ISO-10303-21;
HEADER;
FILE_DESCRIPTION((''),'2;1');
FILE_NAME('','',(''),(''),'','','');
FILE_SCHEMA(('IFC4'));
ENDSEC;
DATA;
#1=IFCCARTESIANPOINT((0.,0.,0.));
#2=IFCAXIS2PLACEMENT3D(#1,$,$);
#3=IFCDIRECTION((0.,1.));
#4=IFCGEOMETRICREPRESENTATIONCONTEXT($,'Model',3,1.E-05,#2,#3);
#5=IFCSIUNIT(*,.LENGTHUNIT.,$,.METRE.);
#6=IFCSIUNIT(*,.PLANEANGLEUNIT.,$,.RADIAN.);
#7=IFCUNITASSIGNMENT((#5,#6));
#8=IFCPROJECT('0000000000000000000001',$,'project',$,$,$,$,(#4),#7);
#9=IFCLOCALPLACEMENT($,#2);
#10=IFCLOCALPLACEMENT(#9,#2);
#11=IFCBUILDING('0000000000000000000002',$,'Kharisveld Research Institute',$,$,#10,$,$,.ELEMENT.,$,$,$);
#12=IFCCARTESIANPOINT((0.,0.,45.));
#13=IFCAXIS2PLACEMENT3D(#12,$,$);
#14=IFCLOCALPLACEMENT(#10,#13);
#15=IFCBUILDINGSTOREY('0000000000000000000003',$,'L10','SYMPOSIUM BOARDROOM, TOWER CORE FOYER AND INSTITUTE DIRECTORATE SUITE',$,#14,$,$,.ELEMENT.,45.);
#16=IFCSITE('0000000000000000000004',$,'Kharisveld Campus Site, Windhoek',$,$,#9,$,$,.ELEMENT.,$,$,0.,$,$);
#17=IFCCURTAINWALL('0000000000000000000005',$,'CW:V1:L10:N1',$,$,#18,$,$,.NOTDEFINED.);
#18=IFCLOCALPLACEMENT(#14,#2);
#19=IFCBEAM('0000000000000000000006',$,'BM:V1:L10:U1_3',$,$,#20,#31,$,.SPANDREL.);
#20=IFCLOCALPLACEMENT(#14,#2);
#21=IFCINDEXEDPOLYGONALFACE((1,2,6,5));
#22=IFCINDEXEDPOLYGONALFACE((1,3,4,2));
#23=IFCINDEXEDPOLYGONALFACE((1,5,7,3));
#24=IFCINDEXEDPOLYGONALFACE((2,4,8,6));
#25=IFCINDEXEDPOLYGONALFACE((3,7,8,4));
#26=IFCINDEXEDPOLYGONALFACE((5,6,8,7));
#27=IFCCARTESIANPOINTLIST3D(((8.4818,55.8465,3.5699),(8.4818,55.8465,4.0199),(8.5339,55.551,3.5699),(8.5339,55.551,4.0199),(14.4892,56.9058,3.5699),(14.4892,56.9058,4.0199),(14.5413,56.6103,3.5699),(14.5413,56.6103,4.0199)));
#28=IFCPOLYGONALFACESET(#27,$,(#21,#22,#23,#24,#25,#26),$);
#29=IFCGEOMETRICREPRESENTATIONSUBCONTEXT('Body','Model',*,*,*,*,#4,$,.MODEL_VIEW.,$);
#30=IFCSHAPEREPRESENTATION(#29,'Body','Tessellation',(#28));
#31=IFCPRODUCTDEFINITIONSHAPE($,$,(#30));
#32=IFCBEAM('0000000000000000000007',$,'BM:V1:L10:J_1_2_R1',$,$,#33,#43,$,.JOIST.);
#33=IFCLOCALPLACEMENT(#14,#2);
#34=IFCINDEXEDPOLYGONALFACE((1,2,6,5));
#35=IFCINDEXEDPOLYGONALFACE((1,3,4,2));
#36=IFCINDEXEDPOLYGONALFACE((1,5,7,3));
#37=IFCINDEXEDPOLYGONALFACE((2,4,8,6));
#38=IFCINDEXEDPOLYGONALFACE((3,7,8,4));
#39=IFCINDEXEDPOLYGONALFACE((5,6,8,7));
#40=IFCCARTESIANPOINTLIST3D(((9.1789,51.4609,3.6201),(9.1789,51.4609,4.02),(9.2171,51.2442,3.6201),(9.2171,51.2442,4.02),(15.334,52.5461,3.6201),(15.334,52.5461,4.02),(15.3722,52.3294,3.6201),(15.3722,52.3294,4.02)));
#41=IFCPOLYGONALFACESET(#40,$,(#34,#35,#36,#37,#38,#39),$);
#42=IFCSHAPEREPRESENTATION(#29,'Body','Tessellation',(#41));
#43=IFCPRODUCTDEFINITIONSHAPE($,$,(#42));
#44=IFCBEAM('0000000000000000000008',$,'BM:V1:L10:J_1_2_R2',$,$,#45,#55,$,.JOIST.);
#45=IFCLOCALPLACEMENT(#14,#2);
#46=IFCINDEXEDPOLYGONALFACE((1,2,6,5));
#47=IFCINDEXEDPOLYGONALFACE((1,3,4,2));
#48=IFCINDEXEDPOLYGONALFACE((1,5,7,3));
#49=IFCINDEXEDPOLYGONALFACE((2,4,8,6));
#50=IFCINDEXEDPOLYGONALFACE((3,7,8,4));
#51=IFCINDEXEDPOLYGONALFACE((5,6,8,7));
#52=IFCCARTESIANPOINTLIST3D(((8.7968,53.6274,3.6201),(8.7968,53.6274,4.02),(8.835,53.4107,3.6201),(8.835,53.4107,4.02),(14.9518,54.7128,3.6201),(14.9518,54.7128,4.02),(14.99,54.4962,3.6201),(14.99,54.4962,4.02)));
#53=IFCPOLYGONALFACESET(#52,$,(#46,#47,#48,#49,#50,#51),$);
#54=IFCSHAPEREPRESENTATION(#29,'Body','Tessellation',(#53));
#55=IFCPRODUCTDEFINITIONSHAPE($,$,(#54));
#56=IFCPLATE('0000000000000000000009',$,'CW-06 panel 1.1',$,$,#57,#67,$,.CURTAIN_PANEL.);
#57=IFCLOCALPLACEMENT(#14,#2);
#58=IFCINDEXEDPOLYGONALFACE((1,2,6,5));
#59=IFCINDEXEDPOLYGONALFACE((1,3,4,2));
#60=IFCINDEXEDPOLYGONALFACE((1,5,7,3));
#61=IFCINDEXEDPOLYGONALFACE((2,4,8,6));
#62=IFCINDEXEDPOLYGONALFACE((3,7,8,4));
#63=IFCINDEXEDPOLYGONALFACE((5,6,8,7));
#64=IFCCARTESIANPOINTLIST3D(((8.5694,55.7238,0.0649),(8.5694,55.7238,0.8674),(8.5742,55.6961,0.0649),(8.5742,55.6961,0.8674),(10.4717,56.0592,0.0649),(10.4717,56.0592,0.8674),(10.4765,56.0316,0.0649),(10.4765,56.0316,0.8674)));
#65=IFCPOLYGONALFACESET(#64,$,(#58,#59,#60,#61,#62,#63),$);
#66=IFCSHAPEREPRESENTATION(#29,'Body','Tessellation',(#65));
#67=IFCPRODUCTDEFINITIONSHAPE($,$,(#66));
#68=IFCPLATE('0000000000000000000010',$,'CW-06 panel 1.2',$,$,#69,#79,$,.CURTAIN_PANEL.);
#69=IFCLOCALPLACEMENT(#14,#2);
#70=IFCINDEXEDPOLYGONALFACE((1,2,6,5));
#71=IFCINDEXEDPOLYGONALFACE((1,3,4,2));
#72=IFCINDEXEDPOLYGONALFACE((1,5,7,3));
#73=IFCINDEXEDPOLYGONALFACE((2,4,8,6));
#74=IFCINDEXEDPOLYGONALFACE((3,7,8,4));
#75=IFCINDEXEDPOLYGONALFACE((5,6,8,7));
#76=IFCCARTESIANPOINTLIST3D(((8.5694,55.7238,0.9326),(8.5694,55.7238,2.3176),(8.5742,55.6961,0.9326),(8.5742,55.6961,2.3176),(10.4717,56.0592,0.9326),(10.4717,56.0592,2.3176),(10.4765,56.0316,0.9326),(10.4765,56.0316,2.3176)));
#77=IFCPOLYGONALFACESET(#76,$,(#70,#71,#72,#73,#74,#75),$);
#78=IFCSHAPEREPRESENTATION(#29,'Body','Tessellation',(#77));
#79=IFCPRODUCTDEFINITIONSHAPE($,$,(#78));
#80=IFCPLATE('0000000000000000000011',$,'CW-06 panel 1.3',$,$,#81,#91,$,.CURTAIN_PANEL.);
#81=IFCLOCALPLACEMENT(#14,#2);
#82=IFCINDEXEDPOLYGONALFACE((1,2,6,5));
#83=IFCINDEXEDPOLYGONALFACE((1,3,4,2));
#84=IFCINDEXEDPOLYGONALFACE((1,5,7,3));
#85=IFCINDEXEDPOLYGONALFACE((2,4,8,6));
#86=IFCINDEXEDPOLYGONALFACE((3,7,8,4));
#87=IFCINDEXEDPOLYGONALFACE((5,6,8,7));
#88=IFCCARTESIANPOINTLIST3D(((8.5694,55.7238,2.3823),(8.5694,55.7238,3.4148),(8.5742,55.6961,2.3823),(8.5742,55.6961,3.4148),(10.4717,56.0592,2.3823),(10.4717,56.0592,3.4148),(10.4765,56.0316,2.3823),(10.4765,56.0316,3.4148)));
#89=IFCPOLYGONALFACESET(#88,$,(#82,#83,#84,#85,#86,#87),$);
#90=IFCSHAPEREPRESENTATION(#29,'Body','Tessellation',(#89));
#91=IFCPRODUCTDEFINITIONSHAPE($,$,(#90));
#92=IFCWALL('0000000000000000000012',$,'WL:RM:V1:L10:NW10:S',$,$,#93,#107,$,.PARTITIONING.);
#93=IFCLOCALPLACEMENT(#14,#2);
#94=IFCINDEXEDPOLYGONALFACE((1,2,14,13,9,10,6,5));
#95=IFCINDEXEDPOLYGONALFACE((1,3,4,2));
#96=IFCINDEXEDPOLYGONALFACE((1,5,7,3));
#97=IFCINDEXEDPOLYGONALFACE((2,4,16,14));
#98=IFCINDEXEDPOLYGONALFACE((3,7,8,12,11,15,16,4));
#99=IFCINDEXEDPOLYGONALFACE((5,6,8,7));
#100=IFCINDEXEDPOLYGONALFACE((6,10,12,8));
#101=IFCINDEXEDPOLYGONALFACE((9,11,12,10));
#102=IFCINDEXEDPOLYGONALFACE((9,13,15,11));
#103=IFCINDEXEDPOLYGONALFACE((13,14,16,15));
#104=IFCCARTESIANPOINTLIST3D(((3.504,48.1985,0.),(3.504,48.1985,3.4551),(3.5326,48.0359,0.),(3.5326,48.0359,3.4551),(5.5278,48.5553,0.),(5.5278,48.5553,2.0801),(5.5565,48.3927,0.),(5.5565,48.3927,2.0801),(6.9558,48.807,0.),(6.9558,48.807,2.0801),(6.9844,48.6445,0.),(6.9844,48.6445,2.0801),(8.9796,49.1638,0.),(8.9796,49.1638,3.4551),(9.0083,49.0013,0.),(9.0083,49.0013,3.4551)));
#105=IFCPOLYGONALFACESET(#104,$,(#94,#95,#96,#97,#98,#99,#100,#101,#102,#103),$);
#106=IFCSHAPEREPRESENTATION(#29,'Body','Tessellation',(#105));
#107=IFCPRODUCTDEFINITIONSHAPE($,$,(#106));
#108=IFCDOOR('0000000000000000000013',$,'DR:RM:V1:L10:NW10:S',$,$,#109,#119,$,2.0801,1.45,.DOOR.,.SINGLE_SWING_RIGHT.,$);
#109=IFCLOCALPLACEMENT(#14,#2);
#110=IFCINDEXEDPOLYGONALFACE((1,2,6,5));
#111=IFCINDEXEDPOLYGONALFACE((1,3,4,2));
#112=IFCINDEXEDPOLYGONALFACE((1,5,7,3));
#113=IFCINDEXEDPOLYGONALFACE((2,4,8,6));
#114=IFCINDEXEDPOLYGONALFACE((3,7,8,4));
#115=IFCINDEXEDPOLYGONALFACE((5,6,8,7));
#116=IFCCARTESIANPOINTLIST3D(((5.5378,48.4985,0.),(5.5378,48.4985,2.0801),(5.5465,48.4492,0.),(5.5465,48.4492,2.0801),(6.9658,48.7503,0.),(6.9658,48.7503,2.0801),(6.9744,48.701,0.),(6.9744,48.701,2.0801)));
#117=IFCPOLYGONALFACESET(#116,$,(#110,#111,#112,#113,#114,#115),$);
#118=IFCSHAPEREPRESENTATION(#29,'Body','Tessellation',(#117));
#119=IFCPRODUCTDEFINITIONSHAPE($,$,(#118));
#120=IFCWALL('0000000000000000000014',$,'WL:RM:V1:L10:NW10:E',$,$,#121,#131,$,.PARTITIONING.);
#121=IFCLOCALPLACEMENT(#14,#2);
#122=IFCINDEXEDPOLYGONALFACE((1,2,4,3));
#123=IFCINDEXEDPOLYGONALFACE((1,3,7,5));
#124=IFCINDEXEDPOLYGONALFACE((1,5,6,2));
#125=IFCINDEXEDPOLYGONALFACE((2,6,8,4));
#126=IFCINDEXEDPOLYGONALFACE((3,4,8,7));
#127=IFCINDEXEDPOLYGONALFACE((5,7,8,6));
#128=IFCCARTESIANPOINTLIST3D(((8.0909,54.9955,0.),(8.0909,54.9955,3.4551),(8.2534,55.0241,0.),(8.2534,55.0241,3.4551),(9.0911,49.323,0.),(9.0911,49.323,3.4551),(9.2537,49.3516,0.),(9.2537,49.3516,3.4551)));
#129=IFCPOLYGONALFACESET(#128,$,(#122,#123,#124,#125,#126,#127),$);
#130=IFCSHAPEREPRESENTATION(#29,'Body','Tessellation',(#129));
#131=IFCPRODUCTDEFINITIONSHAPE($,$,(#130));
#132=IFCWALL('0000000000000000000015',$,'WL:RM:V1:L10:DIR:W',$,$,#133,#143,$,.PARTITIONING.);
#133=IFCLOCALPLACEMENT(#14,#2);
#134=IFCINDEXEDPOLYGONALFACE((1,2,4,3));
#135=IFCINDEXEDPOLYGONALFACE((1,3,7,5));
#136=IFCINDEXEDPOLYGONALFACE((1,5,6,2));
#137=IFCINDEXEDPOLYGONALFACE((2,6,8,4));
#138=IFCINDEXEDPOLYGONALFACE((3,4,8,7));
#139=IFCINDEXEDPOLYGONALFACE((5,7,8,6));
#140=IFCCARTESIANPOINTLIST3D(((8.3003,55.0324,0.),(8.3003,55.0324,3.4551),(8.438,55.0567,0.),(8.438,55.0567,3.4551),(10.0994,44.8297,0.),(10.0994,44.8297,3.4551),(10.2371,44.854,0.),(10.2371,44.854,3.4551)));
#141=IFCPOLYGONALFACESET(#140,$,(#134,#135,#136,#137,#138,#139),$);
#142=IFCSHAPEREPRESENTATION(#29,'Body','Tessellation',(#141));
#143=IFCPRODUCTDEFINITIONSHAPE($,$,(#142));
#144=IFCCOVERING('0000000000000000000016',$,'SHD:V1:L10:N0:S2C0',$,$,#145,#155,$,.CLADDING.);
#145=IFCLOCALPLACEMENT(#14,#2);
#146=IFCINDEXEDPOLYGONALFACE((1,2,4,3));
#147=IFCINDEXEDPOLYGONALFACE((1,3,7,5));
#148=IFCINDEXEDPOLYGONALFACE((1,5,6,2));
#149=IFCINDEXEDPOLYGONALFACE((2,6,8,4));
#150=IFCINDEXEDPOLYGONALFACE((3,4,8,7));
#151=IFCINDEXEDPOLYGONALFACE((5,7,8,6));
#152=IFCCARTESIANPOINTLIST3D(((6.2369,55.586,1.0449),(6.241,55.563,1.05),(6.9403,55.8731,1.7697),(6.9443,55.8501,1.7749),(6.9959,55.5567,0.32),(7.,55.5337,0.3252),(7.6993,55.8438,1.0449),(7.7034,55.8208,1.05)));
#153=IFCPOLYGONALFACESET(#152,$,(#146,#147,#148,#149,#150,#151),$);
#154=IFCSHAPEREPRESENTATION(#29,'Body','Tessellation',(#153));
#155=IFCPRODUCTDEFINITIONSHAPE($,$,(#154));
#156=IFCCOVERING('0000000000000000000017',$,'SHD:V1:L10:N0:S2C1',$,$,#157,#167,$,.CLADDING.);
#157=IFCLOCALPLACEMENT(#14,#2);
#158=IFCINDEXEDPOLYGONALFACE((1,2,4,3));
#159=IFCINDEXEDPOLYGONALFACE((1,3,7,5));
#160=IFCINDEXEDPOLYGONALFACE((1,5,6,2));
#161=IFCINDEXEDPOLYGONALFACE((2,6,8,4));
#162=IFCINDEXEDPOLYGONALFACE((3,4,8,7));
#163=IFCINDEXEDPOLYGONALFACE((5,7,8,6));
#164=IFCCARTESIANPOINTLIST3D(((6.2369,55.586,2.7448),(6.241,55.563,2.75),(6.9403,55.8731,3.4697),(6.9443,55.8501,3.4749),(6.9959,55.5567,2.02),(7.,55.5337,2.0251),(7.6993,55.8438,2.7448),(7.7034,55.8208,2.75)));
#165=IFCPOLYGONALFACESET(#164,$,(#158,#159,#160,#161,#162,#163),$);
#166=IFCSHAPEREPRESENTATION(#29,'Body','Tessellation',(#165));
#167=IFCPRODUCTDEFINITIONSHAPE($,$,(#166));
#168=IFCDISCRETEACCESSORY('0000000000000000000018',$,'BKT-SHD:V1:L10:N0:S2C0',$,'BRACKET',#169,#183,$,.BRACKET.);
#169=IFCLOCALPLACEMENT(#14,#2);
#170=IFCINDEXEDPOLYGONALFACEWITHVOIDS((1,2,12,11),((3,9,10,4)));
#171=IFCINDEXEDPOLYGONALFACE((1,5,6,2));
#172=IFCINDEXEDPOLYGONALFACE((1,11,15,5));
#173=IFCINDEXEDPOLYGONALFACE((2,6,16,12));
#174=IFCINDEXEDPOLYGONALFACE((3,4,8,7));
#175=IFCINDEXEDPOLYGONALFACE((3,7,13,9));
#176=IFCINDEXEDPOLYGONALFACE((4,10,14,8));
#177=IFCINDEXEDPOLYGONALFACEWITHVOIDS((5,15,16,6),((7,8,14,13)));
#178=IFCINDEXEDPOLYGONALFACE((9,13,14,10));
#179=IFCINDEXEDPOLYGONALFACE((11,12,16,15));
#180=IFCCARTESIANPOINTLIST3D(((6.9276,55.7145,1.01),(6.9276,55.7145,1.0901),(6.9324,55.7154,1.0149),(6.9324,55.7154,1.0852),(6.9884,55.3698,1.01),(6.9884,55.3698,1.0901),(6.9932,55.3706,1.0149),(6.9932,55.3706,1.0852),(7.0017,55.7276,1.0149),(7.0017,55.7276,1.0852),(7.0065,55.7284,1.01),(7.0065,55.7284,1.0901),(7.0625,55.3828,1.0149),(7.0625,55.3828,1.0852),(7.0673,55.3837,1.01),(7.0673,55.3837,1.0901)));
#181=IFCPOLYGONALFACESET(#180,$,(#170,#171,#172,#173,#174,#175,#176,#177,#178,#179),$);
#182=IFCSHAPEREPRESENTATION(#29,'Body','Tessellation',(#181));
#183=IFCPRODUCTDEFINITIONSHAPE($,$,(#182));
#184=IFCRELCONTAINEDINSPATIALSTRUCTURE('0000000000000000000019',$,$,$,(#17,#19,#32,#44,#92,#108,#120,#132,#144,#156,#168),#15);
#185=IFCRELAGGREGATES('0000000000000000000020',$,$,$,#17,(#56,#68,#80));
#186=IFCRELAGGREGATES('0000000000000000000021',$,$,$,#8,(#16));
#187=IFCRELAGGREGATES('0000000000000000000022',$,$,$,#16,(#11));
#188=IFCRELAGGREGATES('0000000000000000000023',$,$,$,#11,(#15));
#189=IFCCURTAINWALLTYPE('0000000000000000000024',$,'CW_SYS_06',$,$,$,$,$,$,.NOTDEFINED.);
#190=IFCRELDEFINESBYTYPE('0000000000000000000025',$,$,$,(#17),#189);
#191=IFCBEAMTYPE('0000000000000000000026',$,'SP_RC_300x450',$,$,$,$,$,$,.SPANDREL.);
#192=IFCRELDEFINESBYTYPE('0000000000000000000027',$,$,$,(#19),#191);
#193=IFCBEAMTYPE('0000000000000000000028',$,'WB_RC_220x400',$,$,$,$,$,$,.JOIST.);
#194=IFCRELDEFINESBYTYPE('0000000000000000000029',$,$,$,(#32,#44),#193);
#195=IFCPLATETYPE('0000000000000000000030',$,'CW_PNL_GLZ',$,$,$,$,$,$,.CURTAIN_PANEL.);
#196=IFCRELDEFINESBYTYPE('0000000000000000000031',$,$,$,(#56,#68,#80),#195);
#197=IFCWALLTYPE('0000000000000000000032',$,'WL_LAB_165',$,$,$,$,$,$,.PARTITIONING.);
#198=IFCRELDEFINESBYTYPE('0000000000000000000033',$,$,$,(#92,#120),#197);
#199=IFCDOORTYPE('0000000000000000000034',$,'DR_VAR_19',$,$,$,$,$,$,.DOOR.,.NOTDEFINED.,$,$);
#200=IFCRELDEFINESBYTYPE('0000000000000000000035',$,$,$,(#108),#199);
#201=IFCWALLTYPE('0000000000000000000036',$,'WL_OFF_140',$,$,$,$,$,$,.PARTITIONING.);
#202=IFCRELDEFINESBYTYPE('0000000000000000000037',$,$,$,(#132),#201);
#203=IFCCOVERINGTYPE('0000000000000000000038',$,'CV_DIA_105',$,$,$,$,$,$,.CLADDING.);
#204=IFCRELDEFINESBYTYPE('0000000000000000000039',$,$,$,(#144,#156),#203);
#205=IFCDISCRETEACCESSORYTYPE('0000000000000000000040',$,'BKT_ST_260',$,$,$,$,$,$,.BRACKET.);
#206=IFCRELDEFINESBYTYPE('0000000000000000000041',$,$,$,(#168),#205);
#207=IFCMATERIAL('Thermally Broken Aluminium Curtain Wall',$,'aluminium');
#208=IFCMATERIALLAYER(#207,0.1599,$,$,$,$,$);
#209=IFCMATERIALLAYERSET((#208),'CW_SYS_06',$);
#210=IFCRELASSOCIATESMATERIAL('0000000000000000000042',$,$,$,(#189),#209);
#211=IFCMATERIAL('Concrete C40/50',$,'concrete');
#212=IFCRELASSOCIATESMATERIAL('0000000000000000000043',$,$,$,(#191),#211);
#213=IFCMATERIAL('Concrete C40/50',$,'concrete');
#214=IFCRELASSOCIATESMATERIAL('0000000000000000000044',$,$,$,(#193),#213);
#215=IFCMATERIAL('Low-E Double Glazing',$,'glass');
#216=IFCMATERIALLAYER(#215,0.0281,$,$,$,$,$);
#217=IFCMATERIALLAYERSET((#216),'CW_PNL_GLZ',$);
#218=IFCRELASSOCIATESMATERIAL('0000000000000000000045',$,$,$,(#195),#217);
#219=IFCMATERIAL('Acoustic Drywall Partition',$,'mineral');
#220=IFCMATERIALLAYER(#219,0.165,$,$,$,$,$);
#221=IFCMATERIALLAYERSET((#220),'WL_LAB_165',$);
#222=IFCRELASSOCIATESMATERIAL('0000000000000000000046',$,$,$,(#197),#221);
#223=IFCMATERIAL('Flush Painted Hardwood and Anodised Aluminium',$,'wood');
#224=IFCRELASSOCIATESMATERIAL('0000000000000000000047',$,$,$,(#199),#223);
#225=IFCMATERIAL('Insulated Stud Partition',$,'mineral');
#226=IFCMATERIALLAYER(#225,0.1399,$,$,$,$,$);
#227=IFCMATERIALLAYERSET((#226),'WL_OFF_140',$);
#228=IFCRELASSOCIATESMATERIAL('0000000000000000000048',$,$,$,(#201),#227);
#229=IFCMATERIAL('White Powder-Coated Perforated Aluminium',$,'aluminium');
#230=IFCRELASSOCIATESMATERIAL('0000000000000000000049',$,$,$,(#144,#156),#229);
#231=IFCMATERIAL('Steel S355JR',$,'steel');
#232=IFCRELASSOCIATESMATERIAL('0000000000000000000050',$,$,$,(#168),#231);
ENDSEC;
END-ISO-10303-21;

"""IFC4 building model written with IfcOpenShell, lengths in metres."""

from ifc_helpers import new_model, si_unit, direction, frame, frame_2d, origin, origin_2d, place, context, subcontext, project, spatial, polyline, rectangle, hollow_rectangle, outline, extrude, material, layer, layer_set, material_profile, profile_set, type_object, element, fill, aggregate, save


model = new_model("IFC4")

# Units and contexts
model_context = context("Model", 3, precision=1e-05, world=origin(), true_north=direction((0.0, 1.0)))
body_context = subcontext(model_context, "Body", "Model", "MODEL_VIEW")
ifc_project = project(units=[si_unit("LENGTHUNIT", "METRE"), si_unit("PLANEANGLEUNIT", "RADIAN")], contexts=[model_context])

# Site, building, storey
site_placement = place(None, origin())
site = spatial("IfcSite", under=ifc_project, at=site_placement, Name="Kharisveld Campus Site, Windhoek", CompositionType="ELEMENT", RefElevation=0.0)
building_placement = place(site_placement, origin())
building = spatial("IfcBuilding", under=site, at=building_placement, Name="Kharisveld Research Institute", CompositionType="ELEMENT")
storey_placement = place(building_placement, frame((0.0, 0.0, 45.0)))
storey = spatial("IfcBuildingStorey", under=building, at=storey_placement, Name="L10", Description="SYMPOSIUM BOARDROOM, TOWER CORE FOYER AND INSTITUTE DIRECTORATE SUITE", CompositionType="ELEMENT", Elevation=45.0)

# Curtain wall
ifc_material_1 = material(Name="Thermally Broken Aluminium Curtain Wall", Category="aluminium")
ifc_layer_1 = layer(ifc_material_1, 0.1599)
ifc_layer_set_1 = layer_set([ifc_layer_1], Name="CW_SYS_06")
curtain_wall_type = type_object("IfcCurtainWallType", Name="CW_SYS_06", PredefinedType="NOTDEFINED", material=ifc_layer_set_1)
curtain_wall_placement = place(storey_placement, origin())
curtain_wall = element("IfcCurtainWall", 1, at=curtain_wall_placement, inside=storey, type_object=curtain_wall_type, Name="CW:V1:L10:N1", PredefinedType="NOTDEFINED")

# Beams
ifc_material_2 = material(Name="Concrete C40/50", Category="concrete")
ifc_material_profile_1 = material_profile(ifc_material_2, rectangle(XDim=0.3, YDim=0.45, at=origin_2d()))
ifc_profile_set_1 = profile_set([ifc_material_profile_1], Name="Concrete C40/50")
beam_type_1 = type_object("IfcBeamType", Name="SP_RC_300x450", PredefinedType="SPANDREL", material=ifc_profile_set_1)
beam_1_placement = place(storey_placement, frame((8.5078, 55.6987, 3.7949), z_axis=(0.984806, 0.17366, 0.0), x_axis=(-0.17366, 0.984806, 0.0)))
element("IfcBeam", 2, at=beam_1_placement, inside=storey, type_object=beam_type_1, Name="BM:V1:L10:U1_3", PredefinedType="SPANDREL", context=body_context, shape_type="SweptSolid", body=[
    extrude(rectangle(XDim=0.3, YDim=0.45, at=origin_2d()), origin(), (0.0, 0.0, 1.0), 6.1001),
])
ifc_material_3 = material(Name="Concrete C40/50", Category="concrete")
ifc_material_profile_2 = material_profile(ifc_material_3, rectangle(XDim=0.22, YDim=0.3999, at=origin_2d()))
ifc_profile_set_2 = profile_set([ifc_material_profile_2], Name="Concrete C40/50")
beam_type_2 = type_object("IfcBeamType", Name="WB_RC_220x400", PredefinedType="JOIST", material=ifc_profile_set_2)
for number, where, z_axis, x_axis, name in (
    (3, (9.198, 51.3525, 3.8201), (0.98481, 0.173634, 0.0), (-0.173634, 0.98481, 0.0), "BM:V1:L10:J_1_2_R1"),
    (4, (8.8159, 53.519, 3.8201), (0.984804, 0.173672, 0.0), (-0.173672, 0.984804, 0.0), "BM:V1:L10:J_1_2_R2"),
):
    element("IfcBeam", number, at=place(storey_placement, frame(where, z_axis=z_axis, x_axis=x_axis)), inside=storey, type_object=beam_type_2, Name=name, PredefinedType="JOIST", context=body_context, shape_type="SweptSolid", body=[
        extrude(rectangle(XDim=0.22, YDim=0.3999, at=origin_2d()), origin(), (0.0, 0.0, 1.0), 6.25),
    ])

# Plates
ifc_material_4 = material(Name="Low-E Double Glazing", Category="glass")
ifc_layer_2 = layer(ifc_material_4, 0.0281)
ifc_layer_set_2 = layer_set([ifc_layer_2], Name="CW_PNL_GLZ")
plate_type = type_object("IfcPlateType", Name="CW_PNL_GLZ", PredefinedType="CURTAIN_PANEL", material=ifc_layer_set_2)
plate_1_placement = place(storey_placement, frame((9.5229, 55.8777, 0.0649), z_axis=(0.0, 0.0, 1.0), x_axis=(0.984808, 0.173648, 0.0)))
plate_1 = element("IfcPlate", 5, at=plate_1_placement, type_object=plate_type, Name="CW-06 panel 1.1", PredefinedType="CURTAIN_PANEL", context=body_context, shape_type="SweptSolid", body=[
    extrude(rectangle(XDim=1.9316, YDim=0.0281, at=origin_2d()), origin(), (0.0, 0.0, 1.0), 0.8025),
])
plate_2_placement = place(storey_placement, frame((9.5229, 55.8777, 0.9326), z_axis=(0.0, 0.0, 1.0), x_axis=(0.984808, 0.173648, 0.0)))
plate_2 = element("IfcPlate", 6, at=plate_2_placement, type_object=plate_type, Name="CW-06 panel 1.2", PredefinedType="CURTAIN_PANEL", context=body_context, shape_type="SweptSolid", body=[
    extrude(rectangle(XDim=1.9316, YDim=0.0281, at=origin_2d()), origin(), (0.0, 0.0, 1.0), 1.385),
])
plate_3_placement = place(storey_placement, frame((9.5229, 55.8777, 2.3823), z_axis=(0.0, 0.0, 1.0), x_axis=(0.984808, 0.173648, 0.0)))
plate_3 = element("IfcPlate", 7, at=plate_3_placement, type_object=plate_type, Name="CW-06 panel 1.3", PredefinedType="CURTAIN_PANEL", context=body_context, shape_type="SweptSolid", body=[
    extrude(rectangle(XDim=1.9316, YDim=0.0281, at=origin_2d()), origin(), (0.0, 0.0, 1.0), 1.0325),
])
aggregate(curtain_wall, [plate_1, plate_2, plate_3])

# Wall, opening, door
ifc_material_5 = material(Name="Acoustic Drywall Partition", Category="mineral")
ifc_layer_3 = layer(ifc_material_5, 0.165)
ifc_layer_set_3 = layer_set([ifc_layer_3], Name="WL_LAB_165")
wall_type_1 = type_object("IfcWallType", Name="WL_LAB_165", PredefinedType="PARTITIONING", material=ifc_layer_set_3)
wall_1_placement = place(storey_placement, frame((3.5183, 48.1172, 0.0), z_axis=(0.0, 0.0, 1.0), x_axis=(0.984813, 0.17362, 0.0)))
wall_1 = element("IfcWall", 8, at=wall_1_placement, inside=storey, type_object=wall_type_1, Name="WL:RM:V1:L10:NW10:S", PredefinedType="PARTITIONING", context=body_context, shape_type="SweptSolid", body=[
    extrude(rectangle(XDim=5.5601, YDim=0.165, at=frame_2d((2.78, 0.0))), origin(), (0.0, 0.0, 1.0), 3.4551),
])
opening_placement = place(wall_1_placement, frame((2.0549, 0.0, 0.0)))
opening = element("IfcOpeningElement", 9, at=opening_placement, cuts=wall_1, PredefinedType="OPENING", context=body_context, shape_type="SweptSolid", body=[
    extrude(rectangle(XDim=1.45, YDim=2.0801, at=frame_2d((0.7251, 1.04))), frame((0.0, 0.0825, 0.0), z_axis=(0.0, -1.0, 0.0), x_axis=(1.0, 0.0, 0.0)), (0.0, 0.0, 1.0), 0.165),
])
ifc_material_6 = material(Name="Flush Painted Hardwood and Anodised Aluminium", Category="wood")
door_type = type_object("IfcDoorType", Name="DR_VAR_19", OperationType="NOTDEFINED", PredefinedType="DOOR", material=ifc_material_6)
door_placement = place(opening_placement, origin())
door = element("IfcDoor", 10, at=door_placement, inside=storey, type_object=door_type, Name="DR:RM:V1:L10:NW10:S", OperationType="SINGLE_SWING_RIGHT", OverallHeight=2.0801, OverallWidth=1.45, PredefinedType="DOOR", context=body_context, shape_type="SweptSolid", body=[
    extrude(rectangle(XDim=1.45, YDim=2.0801, at=frame_2d((0.7251, 1.04))), frame((0.0, 0.0249, 0.0), z_axis=(0.0, -1.0, 0.0), x_axis=(1.0, 0.0, 0.0)), (0.0, 0.0, 1.0), 0.05),
])
fill(opening, door)

# Walls
wall_2_placement = place(storey_placement, frame((9.1724, 49.3374, 0.0), z_axis=(0.0, 0.0, 1.0), x_axis=(-0.17365, 0.984807, 0.0)))
element("IfcWall", 11, at=wall_2_placement, inside=storey, type_object=wall_type_1, Name="WL:RM:V1:L10:NW10:E", PredefinedType="PARTITIONING", context=body_context, shape_type="SweptSolid", body=[
    extrude(rectangle(XDim=5.76, YDim=0.165, at=frame_2d((2.8799, 0.0))), origin(), (0.0, 0.0, 1.0), 3.4551),
])
ifc_material_7 = material(Name="Insulated Stud Partition", Category="mineral")
ifc_layer_4 = layer(ifc_material_7, 0.1399)
ifc_layer_set_4 = layer_set([ifc_layer_4], Name="WL_OFF_140")
wall_type_2 = type_object("IfcWallType", Name="WL_OFF_140", PredefinedType="PARTITIONING", material=ifc_layer_set_4)
wall_3_placement = place(storey_placement, frame((8.3691, 55.0447, 0.0), z_axis=(0.0, 0.0, 1.0), x_axis=(0.173655, -0.984807, 0.0)))
element("IfcWall", 12, at=wall_3_placement, inside=storey, type_object=wall_type_2, Name="WL:RM:V1:L10:DIR:W", PredefinedType="PARTITIONING", context=body_context, shape_type="SweptSolid", body=[
    extrude(rectangle(XDim=10.3601, YDim=0.1399, at=frame_2d((5.1802, 0.0))), origin(), (0.0, 0.0, 1.0), 3.4551),
])

# Coverings
ifc_material_8 = material(Name="White Powder-Coated Perforated Aluminium", Category="aluminium")
covering_type = type_object("IfcCoveringType", Name="CV_DIA_105", PredefinedType="CLADDING")
for number, where, z_axis, x_axis, name in (
    (13, (7.0, 55.5337, 0.3252), (0.169504, -0.961487, 0.216358), (0.669853, 0.273429, 0.690314), "SHD:V1:L10:N0:S2C0"),
    (14, (7.0, 55.5337, 2.0251), (0.169504, -0.961487, 0.216358), (0.669853, 0.273429, 0.690314), "SHD:V1:L10:N0:S2C1"),
):
    element("IfcCovering", number, at=place(storey_placement, frame(where, z_axis=z_axis, x_axis=x_axis)), inside=storey, type_object=covering_type, material=ifc_material_8, Name=name, PredefinedType="CLADDING", context=body_context, shape_type="SweptSolid", body=[
        extrude(outline(polyline([(0.0, 0.0), (1.05, 0.0), (1.05, 1.05), (-0.0001, 1.05), (0.0, 0.0)])), origin(), (0.0, 0.0, -1.0), 0.0239),
    ])

# Discrete accessory
ifc_material_9 = material(Name="Steel S355JR", Category="steel")
discrete_accessory_type = type_object("IfcDiscreteAccessoryType", Name="BKT_ST_260", PredefinedType="BRACKET")
for number, where, z_axis, x_axis, name in (
    (15, (7.0278, 55.3767, 1.05), (-0.173666, 0.984805, 0.0), (-0.984805, -0.173666, 0.0), "BKT-SHD:V1:L10:N0:S2C0"),
):
    element("IfcDiscreteAccessory", number, at=place(storey_placement, frame(where, z_axis=z_axis, x_axis=x_axis)), inside=storey, type_object=discrete_accessory_type, material=ifc_material_9, Name=name, ObjectType="BRACKET", PredefinedType="BRACKET", context=body_context, shape_type="SweptSolid", body=[
        extrude(hollow_rectangle(XDim=0.0801, YDim=0.0801, WallThickness=0.0049, at=origin_2d()), origin(), (0.0, 0.0, 1.0), 0.3501),
    ])

save(model, "model.ifc")
